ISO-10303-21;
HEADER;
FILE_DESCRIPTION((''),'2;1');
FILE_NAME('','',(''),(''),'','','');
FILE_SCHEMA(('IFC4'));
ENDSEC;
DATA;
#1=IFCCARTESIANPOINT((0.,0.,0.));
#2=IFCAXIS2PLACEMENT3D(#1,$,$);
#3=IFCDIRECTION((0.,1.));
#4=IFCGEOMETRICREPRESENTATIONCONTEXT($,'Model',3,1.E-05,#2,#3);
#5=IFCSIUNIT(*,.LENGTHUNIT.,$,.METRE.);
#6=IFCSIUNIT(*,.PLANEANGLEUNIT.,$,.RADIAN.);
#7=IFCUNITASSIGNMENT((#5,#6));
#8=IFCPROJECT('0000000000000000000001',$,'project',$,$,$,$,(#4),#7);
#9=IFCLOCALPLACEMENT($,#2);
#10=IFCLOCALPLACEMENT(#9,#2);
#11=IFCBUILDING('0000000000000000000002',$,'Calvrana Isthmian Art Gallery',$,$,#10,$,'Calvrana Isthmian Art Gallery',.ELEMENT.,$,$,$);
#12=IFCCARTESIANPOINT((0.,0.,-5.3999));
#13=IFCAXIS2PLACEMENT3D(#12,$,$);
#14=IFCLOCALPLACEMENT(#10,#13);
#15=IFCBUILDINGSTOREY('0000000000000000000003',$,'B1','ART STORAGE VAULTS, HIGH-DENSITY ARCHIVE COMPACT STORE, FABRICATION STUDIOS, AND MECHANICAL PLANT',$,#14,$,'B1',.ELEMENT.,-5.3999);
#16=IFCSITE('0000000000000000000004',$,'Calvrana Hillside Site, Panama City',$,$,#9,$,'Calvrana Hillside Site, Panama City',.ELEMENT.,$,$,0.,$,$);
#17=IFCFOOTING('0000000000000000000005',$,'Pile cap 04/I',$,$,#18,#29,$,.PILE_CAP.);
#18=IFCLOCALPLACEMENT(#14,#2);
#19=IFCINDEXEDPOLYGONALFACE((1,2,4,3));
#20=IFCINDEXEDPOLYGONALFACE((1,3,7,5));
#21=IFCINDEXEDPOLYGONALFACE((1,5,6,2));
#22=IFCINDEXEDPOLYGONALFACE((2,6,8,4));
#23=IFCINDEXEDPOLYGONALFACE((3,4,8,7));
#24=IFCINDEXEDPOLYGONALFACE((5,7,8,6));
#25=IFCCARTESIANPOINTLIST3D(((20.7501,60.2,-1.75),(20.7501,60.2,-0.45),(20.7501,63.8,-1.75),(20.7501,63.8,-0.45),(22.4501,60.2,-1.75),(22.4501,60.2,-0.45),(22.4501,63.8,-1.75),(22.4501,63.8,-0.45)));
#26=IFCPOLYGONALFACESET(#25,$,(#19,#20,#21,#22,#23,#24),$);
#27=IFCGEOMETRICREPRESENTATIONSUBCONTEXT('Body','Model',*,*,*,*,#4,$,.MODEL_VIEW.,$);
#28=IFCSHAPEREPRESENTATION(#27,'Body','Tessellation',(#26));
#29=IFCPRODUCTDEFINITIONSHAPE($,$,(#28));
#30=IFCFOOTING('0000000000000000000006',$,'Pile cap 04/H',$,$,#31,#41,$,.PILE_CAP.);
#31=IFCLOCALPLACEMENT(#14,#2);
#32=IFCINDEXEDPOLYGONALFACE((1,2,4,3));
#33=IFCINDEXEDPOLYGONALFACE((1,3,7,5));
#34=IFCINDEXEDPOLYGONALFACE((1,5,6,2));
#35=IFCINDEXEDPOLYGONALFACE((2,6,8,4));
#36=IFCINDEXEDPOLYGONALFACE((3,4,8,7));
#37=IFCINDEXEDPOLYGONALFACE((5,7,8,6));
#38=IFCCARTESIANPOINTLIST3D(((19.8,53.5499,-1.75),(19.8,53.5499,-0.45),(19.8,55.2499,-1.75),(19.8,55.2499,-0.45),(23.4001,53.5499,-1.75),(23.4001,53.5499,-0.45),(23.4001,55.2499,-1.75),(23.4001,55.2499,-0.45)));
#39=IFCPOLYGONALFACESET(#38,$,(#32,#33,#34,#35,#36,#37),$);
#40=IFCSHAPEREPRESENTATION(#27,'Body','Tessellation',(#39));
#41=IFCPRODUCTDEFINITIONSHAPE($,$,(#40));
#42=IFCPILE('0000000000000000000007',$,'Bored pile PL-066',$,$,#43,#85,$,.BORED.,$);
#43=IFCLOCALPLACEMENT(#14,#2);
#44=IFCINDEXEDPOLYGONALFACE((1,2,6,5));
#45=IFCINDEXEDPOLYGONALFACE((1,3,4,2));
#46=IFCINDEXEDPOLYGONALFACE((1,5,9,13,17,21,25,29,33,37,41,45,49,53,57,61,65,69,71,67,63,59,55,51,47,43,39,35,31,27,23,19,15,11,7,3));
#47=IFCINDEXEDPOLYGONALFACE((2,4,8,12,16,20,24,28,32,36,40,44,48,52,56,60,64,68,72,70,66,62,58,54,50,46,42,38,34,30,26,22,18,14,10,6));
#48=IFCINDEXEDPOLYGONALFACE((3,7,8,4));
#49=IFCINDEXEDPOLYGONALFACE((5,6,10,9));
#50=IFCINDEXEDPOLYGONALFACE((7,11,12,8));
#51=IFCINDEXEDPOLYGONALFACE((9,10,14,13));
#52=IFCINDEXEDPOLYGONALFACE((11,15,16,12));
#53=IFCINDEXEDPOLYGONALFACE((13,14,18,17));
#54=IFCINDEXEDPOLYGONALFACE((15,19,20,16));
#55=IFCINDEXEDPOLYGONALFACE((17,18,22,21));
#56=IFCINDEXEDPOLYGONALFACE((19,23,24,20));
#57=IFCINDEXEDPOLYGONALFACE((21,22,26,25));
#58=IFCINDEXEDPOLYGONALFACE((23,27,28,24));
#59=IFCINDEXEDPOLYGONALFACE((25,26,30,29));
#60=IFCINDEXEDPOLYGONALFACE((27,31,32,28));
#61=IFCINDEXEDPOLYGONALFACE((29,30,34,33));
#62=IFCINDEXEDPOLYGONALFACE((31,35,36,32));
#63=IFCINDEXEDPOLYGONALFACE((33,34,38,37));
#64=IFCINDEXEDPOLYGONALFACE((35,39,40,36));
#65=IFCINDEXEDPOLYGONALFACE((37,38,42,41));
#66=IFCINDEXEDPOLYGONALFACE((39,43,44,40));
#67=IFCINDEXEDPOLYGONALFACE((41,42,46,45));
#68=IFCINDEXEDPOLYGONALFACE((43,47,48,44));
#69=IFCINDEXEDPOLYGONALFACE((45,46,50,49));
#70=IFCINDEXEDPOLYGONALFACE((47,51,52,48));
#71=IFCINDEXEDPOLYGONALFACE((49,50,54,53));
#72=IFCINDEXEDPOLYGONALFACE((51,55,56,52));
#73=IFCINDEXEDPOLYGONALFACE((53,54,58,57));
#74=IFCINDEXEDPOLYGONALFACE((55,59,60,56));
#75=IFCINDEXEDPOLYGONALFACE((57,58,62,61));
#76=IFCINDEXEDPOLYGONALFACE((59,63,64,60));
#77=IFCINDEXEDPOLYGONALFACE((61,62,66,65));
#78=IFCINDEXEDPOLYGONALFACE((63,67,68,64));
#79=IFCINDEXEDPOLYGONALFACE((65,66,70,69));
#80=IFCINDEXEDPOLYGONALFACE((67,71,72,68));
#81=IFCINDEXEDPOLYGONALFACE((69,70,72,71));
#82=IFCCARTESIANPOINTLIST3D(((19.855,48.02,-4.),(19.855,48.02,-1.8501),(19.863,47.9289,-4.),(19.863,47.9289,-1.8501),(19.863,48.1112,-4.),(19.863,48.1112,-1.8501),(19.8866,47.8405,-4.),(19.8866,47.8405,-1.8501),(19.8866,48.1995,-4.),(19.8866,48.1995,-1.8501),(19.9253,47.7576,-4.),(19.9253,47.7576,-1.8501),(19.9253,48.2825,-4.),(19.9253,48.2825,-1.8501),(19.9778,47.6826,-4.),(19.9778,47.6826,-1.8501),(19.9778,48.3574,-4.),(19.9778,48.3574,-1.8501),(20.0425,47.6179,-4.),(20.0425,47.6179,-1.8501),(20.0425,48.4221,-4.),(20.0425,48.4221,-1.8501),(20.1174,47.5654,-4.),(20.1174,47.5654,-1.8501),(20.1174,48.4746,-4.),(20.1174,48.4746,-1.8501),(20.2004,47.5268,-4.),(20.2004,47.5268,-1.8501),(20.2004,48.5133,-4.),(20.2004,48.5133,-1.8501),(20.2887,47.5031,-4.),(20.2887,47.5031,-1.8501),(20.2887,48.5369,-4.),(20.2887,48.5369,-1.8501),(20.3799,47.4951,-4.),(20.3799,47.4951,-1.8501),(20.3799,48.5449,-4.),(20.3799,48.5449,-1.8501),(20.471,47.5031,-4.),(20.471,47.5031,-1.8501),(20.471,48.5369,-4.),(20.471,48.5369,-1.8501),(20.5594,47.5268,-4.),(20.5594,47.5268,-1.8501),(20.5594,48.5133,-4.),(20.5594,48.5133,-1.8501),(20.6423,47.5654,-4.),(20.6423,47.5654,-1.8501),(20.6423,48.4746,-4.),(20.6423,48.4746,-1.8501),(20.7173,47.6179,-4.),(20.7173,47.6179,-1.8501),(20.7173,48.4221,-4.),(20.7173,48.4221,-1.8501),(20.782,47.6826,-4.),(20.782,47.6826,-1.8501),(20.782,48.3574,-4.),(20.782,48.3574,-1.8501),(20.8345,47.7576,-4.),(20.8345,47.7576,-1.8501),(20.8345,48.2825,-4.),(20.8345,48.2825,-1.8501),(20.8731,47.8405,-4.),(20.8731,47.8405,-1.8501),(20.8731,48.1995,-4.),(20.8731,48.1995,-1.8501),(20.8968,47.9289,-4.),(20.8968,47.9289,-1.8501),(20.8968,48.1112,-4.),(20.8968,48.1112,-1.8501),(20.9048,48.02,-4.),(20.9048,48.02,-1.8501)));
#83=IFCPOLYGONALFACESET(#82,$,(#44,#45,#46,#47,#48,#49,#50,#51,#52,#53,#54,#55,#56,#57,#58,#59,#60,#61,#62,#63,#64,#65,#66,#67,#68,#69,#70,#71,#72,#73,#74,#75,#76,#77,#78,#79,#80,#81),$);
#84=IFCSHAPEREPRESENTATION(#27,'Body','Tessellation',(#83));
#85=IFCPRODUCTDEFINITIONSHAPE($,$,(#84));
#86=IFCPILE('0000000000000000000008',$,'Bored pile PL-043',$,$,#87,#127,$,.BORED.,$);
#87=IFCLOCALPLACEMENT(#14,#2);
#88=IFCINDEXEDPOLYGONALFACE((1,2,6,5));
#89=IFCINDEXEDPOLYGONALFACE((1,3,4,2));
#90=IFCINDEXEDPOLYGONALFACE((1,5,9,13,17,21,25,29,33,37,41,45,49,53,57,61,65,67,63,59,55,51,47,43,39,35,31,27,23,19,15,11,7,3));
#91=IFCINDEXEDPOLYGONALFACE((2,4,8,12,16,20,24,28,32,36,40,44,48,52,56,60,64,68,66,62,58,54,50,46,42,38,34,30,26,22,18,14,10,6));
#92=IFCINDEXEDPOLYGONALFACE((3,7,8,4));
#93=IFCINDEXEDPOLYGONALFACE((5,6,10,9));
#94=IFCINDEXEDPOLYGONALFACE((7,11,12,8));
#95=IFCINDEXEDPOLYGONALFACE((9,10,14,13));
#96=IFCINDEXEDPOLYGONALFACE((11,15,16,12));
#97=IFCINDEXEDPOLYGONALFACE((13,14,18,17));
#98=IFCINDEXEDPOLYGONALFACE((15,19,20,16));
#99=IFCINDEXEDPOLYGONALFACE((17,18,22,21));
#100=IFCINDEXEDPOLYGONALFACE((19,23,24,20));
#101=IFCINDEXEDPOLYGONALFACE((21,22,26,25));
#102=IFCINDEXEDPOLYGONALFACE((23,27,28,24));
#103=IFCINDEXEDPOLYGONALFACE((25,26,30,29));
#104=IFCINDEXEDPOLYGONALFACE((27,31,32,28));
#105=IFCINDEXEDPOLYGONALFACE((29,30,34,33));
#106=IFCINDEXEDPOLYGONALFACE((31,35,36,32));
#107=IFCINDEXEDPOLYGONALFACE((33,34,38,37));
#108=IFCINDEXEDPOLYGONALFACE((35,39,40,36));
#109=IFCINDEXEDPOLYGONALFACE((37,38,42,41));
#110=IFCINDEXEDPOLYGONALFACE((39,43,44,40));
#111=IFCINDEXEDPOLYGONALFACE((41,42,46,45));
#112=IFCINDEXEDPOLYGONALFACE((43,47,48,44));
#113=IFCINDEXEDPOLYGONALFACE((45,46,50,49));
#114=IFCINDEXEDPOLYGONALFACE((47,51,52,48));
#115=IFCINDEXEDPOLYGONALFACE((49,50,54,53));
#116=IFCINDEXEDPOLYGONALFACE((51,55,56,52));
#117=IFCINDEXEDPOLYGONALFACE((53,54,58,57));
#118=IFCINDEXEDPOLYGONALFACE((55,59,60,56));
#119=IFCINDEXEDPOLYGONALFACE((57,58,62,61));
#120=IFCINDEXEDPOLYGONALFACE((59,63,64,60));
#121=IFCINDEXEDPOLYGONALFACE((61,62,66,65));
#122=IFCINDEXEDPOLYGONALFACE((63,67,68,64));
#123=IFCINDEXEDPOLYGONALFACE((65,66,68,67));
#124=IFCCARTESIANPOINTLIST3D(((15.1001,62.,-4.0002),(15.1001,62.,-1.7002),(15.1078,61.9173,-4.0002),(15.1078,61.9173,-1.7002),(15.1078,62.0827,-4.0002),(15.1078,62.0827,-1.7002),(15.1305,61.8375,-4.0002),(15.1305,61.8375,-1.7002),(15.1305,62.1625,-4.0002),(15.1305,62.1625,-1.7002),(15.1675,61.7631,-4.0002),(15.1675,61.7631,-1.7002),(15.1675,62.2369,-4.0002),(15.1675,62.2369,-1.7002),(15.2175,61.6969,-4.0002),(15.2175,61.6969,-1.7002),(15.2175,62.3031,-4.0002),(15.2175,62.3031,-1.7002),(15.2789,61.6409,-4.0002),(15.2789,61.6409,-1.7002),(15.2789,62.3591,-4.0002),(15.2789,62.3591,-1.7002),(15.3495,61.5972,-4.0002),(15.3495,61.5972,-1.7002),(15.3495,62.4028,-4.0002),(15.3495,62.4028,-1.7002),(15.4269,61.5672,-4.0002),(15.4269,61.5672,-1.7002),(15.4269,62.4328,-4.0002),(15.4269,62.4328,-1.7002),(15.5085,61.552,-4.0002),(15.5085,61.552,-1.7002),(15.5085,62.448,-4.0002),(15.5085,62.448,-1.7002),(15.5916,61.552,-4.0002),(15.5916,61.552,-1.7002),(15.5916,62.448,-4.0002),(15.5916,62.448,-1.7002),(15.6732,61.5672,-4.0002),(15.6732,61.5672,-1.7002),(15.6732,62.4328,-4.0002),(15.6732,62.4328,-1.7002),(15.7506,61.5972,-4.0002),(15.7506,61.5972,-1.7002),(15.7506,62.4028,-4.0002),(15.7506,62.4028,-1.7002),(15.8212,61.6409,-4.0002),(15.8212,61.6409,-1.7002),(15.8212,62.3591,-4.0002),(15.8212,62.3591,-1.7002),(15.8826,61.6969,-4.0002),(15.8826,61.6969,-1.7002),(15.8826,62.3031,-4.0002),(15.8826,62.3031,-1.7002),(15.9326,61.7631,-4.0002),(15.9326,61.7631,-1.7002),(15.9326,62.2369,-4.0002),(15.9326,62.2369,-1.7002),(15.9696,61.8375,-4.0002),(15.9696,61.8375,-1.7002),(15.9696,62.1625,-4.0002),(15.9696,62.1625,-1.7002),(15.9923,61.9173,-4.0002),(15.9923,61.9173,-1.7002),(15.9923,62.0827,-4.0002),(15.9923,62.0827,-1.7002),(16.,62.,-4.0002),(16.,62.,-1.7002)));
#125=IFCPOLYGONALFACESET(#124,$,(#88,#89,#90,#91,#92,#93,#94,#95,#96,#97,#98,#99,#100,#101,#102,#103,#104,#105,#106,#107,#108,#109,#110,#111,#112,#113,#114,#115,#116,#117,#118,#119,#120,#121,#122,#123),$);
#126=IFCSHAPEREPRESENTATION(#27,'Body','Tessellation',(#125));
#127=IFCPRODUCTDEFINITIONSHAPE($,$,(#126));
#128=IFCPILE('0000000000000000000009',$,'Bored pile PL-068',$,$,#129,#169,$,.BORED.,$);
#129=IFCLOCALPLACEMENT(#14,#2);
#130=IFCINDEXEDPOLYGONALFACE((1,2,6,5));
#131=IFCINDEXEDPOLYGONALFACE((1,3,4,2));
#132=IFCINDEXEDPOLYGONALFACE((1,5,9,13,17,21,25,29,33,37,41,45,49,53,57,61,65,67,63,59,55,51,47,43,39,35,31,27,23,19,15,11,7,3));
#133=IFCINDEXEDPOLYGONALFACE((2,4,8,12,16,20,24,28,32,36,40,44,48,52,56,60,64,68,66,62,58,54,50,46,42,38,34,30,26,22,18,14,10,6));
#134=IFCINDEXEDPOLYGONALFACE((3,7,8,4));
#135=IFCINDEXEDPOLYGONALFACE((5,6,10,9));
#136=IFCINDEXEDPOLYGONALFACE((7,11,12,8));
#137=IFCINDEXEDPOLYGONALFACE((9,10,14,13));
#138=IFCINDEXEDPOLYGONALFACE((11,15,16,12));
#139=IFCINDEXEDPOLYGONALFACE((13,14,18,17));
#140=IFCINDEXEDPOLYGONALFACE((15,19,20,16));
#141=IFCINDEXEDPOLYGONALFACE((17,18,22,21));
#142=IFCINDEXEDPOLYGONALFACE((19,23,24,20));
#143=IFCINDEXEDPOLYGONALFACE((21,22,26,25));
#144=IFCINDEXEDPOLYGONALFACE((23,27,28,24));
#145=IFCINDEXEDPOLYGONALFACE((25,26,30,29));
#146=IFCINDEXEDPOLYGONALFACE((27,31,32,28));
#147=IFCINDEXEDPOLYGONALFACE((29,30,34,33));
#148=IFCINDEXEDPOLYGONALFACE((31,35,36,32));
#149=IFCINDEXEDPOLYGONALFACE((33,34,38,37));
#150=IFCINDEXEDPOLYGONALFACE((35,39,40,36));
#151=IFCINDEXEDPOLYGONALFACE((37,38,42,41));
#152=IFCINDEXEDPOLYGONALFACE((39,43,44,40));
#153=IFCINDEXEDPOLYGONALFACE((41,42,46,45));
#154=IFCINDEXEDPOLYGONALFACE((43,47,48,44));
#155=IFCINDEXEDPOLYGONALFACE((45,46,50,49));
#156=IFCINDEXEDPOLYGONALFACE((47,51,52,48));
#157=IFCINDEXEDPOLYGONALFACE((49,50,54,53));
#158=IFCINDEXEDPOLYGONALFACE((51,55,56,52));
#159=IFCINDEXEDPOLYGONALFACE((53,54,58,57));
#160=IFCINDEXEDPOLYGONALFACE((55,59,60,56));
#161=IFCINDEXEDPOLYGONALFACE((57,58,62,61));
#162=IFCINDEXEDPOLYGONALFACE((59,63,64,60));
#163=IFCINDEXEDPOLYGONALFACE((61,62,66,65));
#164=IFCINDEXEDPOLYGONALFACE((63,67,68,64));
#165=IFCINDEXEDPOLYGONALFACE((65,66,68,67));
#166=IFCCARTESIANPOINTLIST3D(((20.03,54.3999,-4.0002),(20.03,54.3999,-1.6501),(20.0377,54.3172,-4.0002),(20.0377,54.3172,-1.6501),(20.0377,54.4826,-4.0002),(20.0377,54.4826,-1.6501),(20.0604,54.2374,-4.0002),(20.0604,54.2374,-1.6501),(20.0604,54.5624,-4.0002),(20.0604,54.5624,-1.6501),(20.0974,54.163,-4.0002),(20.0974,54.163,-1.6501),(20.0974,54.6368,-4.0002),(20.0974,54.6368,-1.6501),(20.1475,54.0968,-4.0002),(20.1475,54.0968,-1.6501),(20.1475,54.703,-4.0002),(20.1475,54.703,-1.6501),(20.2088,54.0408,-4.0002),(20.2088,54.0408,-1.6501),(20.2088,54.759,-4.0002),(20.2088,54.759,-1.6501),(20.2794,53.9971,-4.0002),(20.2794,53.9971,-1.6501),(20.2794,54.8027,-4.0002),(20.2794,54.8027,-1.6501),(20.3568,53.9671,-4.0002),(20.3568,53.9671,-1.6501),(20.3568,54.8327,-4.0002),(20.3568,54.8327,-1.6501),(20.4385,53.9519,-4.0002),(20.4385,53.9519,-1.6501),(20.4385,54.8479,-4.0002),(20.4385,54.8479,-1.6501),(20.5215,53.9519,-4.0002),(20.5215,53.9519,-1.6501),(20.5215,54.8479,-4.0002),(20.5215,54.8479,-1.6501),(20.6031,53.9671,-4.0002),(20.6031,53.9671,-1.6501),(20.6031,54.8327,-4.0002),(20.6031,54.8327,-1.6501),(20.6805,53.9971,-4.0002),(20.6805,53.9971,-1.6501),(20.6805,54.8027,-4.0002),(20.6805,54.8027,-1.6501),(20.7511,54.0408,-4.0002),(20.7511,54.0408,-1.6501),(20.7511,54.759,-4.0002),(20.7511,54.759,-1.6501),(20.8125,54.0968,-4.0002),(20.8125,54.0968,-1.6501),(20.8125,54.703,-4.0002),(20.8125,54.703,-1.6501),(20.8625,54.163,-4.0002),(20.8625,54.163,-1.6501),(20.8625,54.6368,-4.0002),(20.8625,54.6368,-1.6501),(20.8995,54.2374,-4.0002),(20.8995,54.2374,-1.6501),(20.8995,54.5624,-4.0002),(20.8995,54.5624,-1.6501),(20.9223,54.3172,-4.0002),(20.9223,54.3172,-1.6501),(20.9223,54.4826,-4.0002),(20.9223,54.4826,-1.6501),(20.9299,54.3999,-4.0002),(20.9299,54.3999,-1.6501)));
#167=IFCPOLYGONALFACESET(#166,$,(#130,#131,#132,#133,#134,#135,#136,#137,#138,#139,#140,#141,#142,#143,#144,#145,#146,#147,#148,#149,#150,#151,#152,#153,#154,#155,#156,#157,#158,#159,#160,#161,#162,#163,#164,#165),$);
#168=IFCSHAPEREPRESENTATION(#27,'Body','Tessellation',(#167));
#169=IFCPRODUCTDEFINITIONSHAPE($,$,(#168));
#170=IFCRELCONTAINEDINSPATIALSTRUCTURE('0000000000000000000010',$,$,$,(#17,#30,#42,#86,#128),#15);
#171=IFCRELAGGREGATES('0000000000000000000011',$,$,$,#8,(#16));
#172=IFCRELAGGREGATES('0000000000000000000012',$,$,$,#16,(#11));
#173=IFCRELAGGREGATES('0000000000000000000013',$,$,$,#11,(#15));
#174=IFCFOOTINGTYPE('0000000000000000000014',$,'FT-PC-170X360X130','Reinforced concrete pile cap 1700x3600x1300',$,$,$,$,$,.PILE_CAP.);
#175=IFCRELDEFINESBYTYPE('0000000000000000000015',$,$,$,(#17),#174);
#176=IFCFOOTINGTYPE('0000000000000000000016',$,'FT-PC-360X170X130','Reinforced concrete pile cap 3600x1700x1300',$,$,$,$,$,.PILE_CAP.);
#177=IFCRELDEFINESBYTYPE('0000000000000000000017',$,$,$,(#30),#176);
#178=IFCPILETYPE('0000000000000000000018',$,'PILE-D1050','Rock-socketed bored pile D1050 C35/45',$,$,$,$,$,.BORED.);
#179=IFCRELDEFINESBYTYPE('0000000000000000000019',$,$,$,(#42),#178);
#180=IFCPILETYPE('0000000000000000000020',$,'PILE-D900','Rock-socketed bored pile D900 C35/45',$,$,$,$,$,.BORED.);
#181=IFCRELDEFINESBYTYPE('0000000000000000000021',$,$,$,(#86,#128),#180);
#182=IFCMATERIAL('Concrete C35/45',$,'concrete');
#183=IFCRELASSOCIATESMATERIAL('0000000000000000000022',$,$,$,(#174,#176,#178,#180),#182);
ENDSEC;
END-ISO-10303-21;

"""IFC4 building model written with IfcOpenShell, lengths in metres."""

from ifc_helpers import new_model, si_unit, direction, frame, origin, origin_2d, place, context, subcontext, project, spatial, rectangle, circle, extrude, material, material_profile, profile_set, type_object, element, save


model = new_model("IFC4")

# Units and contexts
model_context = context("Model", 3, precision=1e-05, world=origin(), true_north=direction((0.0, 1.0)))
body_context = subcontext(model_context, "Body", "Model", "MODEL_VIEW")
ifc_project = project(units=[si_unit("LENGTHUNIT", "METRE"), si_unit("PLANEANGLEUNIT", "RADIAN")], contexts=[model_context])

# Site, building, storey
site_placement = place(None, origin())
site = spatial("IfcSite", under=ifc_project, at=site_placement, Name="Calvrana Hillside Site, Panama City", LongName="Calvrana Hillside Site, Panama City", CompositionType="ELEMENT", RefElevation=0.0)
building_placement = place(site_placement, origin())
building = spatial("IfcBuilding", under=site, at=building_placement, Name="Calvrana Isthmian Art Gallery", LongName="Calvrana Isthmian Art Gallery", CompositionType="ELEMENT")
storey_placement = place(building_placement, frame((0.0, 0.0, -5.3999)))
storey = spatial("IfcBuildingStorey", under=building, at=storey_placement, Name="B1", Description="ART STORAGE VAULTS, HIGH-DENSITY ARCHIVE COMPACT STORE, FABRICATION STUDIOS, AND MECHANICAL PLANT", LongName="B1", CompositionType="ELEMENT", Elevation=-5.3999)

# Footings
ifc_material_1 = material(Name="Concrete C35/45", Category="concrete")
footing_type_1 = type_object("IfcFootingType", Name="FT-PC-170X360X130", Description="Reinforced concrete pile cap 1700x3600x1300", PredefinedType="PILE_CAP", material=ifc_material_1)
footing_1_placement = place(storey_placement, frame((21.6001, 62.0, -1.75), z_axis=(0.0, 0.0, 1.0), x_axis=(1.0, 0.0, 0.0)))
element("IfcFooting", 1, at=footing_1_placement, inside=storey, type_object=footing_type_1, Name="Pile cap 04/I", PredefinedType="PILE_CAP", context=body_context, shape_type="SweptSolid", body=[
    extrude(rectangle(XDim=1.7, YDim=3.6001, at=origin_2d()), origin(), (0.0, 0.0, 1.0), 1.3),
])
footing_type_2 = type_object("IfcFootingType", Name="FT-PC-360X170X130", Description="Reinforced concrete pile cap 3600x1700x1300", PredefinedType="PILE_CAP", material=ifc_material_1)
footing_2_placement = place(storey_placement, frame((21.6001, 54.3999, -1.75), z_axis=(0.0, 0.0, 1.0), x_axis=(1.0, 0.0, 0.0)))
element("IfcFooting", 2, at=footing_2_placement, inside=storey, type_object=footing_type_2, Name="Pile cap 04/H", PredefinedType="PILE_CAP", context=body_context, shape_type="SweptSolid", body=[
    extrude(rectangle(XDim=3.6001, YDim=1.7, at=origin_2d()), origin(), (0.0, 0.0, 1.0), 1.3),
])

# Piles
ifc_material_profile_1 = material_profile(ifc_material_1, circle(Radius=0.5249, at=origin_2d()), Name="PILE1050D")
ifc_profile_set_1 = profile_set([ifc_material_profile_1], Name="Concrete C35/45")
pile_type_1 = type_object("IfcPileType", Name="PILE-D1050", Description="Rock-socketed bored pile D1050 C35/45", PredefinedType="BORED", material=ifc_profile_set_1)
pile_1_placement = place(storey_placement, frame((20.3799, 48.02, -1.8501), z_axis=(0.0, 0.0, -1.0), x_axis=(1.0, 0.0, 0.0)))
element("IfcPile", 3, at=pile_1_placement, inside=storey, type_object=pile_type_1, Name="Bored pile PL-066", PredefinedType="BORED", context=body_context, shape_type="SweptSolid", body=[
    extrude(circle(Radius=0.5249, at=origin_2d()), origin(), (0.0, 0.0, 1.0), 2.1499),
])
ifc_material_profile_2 = material_profile(ifc_material_1, circle(Radius=0.45, at=origin_2d()), Name="PILE900D")
ifc_profile_set_2 = profile_set([ifc_material_profile_2], Name="Concrete C35/45")
pile_type_2 = type_object("IfcPileType", Name="PILE-D900", Description="Rock-socketed bored pile D900 C35/45", PredefinedType="BORED", material=ifc_profile_set_2)
pile_2_placement = place(storey_placement, frame((15.55, 62.0, -1.7002), z_axis=(0.0, 0.0, -1.0), x_axis=(1.0, 0.0, 0.0)))
element("IfcPile", 4, at=pile_2_placement, inside=storey, type_object=pile_type_2, Name="Bored pile PL-043", PredefinedType="BORED", context=body_context, shape_type="SweptSolid", body=[
    extrude(circle(Radius=0.45, at=origin_2d()), origin(), (0.0, 0.0, 1.0), 2.3),
])
for number, where, z_axis, x_axis, name in (
    (5, (20.48, 54.3999, -1.6501), (0.0, 0.0, -1.0), (1.0, 0.0, 0.0), "Bored pile PL-068"),
):
    element("IfcPile", number, at=place(storey_placement, frame(where, z_axis=z_axis, x_axis=x_axis)), inside=storey, type_object=pile_type_2, Name=name, PredefinedType="BORED", context=body_context, shape_type="SweptSolid", body=[
        extrude(circle(Radius=0.45, at=origin_2d()), origin(), (0.0, 0.0, 1.0), 2.3501),
    ])

save(model, "model.ifc")
